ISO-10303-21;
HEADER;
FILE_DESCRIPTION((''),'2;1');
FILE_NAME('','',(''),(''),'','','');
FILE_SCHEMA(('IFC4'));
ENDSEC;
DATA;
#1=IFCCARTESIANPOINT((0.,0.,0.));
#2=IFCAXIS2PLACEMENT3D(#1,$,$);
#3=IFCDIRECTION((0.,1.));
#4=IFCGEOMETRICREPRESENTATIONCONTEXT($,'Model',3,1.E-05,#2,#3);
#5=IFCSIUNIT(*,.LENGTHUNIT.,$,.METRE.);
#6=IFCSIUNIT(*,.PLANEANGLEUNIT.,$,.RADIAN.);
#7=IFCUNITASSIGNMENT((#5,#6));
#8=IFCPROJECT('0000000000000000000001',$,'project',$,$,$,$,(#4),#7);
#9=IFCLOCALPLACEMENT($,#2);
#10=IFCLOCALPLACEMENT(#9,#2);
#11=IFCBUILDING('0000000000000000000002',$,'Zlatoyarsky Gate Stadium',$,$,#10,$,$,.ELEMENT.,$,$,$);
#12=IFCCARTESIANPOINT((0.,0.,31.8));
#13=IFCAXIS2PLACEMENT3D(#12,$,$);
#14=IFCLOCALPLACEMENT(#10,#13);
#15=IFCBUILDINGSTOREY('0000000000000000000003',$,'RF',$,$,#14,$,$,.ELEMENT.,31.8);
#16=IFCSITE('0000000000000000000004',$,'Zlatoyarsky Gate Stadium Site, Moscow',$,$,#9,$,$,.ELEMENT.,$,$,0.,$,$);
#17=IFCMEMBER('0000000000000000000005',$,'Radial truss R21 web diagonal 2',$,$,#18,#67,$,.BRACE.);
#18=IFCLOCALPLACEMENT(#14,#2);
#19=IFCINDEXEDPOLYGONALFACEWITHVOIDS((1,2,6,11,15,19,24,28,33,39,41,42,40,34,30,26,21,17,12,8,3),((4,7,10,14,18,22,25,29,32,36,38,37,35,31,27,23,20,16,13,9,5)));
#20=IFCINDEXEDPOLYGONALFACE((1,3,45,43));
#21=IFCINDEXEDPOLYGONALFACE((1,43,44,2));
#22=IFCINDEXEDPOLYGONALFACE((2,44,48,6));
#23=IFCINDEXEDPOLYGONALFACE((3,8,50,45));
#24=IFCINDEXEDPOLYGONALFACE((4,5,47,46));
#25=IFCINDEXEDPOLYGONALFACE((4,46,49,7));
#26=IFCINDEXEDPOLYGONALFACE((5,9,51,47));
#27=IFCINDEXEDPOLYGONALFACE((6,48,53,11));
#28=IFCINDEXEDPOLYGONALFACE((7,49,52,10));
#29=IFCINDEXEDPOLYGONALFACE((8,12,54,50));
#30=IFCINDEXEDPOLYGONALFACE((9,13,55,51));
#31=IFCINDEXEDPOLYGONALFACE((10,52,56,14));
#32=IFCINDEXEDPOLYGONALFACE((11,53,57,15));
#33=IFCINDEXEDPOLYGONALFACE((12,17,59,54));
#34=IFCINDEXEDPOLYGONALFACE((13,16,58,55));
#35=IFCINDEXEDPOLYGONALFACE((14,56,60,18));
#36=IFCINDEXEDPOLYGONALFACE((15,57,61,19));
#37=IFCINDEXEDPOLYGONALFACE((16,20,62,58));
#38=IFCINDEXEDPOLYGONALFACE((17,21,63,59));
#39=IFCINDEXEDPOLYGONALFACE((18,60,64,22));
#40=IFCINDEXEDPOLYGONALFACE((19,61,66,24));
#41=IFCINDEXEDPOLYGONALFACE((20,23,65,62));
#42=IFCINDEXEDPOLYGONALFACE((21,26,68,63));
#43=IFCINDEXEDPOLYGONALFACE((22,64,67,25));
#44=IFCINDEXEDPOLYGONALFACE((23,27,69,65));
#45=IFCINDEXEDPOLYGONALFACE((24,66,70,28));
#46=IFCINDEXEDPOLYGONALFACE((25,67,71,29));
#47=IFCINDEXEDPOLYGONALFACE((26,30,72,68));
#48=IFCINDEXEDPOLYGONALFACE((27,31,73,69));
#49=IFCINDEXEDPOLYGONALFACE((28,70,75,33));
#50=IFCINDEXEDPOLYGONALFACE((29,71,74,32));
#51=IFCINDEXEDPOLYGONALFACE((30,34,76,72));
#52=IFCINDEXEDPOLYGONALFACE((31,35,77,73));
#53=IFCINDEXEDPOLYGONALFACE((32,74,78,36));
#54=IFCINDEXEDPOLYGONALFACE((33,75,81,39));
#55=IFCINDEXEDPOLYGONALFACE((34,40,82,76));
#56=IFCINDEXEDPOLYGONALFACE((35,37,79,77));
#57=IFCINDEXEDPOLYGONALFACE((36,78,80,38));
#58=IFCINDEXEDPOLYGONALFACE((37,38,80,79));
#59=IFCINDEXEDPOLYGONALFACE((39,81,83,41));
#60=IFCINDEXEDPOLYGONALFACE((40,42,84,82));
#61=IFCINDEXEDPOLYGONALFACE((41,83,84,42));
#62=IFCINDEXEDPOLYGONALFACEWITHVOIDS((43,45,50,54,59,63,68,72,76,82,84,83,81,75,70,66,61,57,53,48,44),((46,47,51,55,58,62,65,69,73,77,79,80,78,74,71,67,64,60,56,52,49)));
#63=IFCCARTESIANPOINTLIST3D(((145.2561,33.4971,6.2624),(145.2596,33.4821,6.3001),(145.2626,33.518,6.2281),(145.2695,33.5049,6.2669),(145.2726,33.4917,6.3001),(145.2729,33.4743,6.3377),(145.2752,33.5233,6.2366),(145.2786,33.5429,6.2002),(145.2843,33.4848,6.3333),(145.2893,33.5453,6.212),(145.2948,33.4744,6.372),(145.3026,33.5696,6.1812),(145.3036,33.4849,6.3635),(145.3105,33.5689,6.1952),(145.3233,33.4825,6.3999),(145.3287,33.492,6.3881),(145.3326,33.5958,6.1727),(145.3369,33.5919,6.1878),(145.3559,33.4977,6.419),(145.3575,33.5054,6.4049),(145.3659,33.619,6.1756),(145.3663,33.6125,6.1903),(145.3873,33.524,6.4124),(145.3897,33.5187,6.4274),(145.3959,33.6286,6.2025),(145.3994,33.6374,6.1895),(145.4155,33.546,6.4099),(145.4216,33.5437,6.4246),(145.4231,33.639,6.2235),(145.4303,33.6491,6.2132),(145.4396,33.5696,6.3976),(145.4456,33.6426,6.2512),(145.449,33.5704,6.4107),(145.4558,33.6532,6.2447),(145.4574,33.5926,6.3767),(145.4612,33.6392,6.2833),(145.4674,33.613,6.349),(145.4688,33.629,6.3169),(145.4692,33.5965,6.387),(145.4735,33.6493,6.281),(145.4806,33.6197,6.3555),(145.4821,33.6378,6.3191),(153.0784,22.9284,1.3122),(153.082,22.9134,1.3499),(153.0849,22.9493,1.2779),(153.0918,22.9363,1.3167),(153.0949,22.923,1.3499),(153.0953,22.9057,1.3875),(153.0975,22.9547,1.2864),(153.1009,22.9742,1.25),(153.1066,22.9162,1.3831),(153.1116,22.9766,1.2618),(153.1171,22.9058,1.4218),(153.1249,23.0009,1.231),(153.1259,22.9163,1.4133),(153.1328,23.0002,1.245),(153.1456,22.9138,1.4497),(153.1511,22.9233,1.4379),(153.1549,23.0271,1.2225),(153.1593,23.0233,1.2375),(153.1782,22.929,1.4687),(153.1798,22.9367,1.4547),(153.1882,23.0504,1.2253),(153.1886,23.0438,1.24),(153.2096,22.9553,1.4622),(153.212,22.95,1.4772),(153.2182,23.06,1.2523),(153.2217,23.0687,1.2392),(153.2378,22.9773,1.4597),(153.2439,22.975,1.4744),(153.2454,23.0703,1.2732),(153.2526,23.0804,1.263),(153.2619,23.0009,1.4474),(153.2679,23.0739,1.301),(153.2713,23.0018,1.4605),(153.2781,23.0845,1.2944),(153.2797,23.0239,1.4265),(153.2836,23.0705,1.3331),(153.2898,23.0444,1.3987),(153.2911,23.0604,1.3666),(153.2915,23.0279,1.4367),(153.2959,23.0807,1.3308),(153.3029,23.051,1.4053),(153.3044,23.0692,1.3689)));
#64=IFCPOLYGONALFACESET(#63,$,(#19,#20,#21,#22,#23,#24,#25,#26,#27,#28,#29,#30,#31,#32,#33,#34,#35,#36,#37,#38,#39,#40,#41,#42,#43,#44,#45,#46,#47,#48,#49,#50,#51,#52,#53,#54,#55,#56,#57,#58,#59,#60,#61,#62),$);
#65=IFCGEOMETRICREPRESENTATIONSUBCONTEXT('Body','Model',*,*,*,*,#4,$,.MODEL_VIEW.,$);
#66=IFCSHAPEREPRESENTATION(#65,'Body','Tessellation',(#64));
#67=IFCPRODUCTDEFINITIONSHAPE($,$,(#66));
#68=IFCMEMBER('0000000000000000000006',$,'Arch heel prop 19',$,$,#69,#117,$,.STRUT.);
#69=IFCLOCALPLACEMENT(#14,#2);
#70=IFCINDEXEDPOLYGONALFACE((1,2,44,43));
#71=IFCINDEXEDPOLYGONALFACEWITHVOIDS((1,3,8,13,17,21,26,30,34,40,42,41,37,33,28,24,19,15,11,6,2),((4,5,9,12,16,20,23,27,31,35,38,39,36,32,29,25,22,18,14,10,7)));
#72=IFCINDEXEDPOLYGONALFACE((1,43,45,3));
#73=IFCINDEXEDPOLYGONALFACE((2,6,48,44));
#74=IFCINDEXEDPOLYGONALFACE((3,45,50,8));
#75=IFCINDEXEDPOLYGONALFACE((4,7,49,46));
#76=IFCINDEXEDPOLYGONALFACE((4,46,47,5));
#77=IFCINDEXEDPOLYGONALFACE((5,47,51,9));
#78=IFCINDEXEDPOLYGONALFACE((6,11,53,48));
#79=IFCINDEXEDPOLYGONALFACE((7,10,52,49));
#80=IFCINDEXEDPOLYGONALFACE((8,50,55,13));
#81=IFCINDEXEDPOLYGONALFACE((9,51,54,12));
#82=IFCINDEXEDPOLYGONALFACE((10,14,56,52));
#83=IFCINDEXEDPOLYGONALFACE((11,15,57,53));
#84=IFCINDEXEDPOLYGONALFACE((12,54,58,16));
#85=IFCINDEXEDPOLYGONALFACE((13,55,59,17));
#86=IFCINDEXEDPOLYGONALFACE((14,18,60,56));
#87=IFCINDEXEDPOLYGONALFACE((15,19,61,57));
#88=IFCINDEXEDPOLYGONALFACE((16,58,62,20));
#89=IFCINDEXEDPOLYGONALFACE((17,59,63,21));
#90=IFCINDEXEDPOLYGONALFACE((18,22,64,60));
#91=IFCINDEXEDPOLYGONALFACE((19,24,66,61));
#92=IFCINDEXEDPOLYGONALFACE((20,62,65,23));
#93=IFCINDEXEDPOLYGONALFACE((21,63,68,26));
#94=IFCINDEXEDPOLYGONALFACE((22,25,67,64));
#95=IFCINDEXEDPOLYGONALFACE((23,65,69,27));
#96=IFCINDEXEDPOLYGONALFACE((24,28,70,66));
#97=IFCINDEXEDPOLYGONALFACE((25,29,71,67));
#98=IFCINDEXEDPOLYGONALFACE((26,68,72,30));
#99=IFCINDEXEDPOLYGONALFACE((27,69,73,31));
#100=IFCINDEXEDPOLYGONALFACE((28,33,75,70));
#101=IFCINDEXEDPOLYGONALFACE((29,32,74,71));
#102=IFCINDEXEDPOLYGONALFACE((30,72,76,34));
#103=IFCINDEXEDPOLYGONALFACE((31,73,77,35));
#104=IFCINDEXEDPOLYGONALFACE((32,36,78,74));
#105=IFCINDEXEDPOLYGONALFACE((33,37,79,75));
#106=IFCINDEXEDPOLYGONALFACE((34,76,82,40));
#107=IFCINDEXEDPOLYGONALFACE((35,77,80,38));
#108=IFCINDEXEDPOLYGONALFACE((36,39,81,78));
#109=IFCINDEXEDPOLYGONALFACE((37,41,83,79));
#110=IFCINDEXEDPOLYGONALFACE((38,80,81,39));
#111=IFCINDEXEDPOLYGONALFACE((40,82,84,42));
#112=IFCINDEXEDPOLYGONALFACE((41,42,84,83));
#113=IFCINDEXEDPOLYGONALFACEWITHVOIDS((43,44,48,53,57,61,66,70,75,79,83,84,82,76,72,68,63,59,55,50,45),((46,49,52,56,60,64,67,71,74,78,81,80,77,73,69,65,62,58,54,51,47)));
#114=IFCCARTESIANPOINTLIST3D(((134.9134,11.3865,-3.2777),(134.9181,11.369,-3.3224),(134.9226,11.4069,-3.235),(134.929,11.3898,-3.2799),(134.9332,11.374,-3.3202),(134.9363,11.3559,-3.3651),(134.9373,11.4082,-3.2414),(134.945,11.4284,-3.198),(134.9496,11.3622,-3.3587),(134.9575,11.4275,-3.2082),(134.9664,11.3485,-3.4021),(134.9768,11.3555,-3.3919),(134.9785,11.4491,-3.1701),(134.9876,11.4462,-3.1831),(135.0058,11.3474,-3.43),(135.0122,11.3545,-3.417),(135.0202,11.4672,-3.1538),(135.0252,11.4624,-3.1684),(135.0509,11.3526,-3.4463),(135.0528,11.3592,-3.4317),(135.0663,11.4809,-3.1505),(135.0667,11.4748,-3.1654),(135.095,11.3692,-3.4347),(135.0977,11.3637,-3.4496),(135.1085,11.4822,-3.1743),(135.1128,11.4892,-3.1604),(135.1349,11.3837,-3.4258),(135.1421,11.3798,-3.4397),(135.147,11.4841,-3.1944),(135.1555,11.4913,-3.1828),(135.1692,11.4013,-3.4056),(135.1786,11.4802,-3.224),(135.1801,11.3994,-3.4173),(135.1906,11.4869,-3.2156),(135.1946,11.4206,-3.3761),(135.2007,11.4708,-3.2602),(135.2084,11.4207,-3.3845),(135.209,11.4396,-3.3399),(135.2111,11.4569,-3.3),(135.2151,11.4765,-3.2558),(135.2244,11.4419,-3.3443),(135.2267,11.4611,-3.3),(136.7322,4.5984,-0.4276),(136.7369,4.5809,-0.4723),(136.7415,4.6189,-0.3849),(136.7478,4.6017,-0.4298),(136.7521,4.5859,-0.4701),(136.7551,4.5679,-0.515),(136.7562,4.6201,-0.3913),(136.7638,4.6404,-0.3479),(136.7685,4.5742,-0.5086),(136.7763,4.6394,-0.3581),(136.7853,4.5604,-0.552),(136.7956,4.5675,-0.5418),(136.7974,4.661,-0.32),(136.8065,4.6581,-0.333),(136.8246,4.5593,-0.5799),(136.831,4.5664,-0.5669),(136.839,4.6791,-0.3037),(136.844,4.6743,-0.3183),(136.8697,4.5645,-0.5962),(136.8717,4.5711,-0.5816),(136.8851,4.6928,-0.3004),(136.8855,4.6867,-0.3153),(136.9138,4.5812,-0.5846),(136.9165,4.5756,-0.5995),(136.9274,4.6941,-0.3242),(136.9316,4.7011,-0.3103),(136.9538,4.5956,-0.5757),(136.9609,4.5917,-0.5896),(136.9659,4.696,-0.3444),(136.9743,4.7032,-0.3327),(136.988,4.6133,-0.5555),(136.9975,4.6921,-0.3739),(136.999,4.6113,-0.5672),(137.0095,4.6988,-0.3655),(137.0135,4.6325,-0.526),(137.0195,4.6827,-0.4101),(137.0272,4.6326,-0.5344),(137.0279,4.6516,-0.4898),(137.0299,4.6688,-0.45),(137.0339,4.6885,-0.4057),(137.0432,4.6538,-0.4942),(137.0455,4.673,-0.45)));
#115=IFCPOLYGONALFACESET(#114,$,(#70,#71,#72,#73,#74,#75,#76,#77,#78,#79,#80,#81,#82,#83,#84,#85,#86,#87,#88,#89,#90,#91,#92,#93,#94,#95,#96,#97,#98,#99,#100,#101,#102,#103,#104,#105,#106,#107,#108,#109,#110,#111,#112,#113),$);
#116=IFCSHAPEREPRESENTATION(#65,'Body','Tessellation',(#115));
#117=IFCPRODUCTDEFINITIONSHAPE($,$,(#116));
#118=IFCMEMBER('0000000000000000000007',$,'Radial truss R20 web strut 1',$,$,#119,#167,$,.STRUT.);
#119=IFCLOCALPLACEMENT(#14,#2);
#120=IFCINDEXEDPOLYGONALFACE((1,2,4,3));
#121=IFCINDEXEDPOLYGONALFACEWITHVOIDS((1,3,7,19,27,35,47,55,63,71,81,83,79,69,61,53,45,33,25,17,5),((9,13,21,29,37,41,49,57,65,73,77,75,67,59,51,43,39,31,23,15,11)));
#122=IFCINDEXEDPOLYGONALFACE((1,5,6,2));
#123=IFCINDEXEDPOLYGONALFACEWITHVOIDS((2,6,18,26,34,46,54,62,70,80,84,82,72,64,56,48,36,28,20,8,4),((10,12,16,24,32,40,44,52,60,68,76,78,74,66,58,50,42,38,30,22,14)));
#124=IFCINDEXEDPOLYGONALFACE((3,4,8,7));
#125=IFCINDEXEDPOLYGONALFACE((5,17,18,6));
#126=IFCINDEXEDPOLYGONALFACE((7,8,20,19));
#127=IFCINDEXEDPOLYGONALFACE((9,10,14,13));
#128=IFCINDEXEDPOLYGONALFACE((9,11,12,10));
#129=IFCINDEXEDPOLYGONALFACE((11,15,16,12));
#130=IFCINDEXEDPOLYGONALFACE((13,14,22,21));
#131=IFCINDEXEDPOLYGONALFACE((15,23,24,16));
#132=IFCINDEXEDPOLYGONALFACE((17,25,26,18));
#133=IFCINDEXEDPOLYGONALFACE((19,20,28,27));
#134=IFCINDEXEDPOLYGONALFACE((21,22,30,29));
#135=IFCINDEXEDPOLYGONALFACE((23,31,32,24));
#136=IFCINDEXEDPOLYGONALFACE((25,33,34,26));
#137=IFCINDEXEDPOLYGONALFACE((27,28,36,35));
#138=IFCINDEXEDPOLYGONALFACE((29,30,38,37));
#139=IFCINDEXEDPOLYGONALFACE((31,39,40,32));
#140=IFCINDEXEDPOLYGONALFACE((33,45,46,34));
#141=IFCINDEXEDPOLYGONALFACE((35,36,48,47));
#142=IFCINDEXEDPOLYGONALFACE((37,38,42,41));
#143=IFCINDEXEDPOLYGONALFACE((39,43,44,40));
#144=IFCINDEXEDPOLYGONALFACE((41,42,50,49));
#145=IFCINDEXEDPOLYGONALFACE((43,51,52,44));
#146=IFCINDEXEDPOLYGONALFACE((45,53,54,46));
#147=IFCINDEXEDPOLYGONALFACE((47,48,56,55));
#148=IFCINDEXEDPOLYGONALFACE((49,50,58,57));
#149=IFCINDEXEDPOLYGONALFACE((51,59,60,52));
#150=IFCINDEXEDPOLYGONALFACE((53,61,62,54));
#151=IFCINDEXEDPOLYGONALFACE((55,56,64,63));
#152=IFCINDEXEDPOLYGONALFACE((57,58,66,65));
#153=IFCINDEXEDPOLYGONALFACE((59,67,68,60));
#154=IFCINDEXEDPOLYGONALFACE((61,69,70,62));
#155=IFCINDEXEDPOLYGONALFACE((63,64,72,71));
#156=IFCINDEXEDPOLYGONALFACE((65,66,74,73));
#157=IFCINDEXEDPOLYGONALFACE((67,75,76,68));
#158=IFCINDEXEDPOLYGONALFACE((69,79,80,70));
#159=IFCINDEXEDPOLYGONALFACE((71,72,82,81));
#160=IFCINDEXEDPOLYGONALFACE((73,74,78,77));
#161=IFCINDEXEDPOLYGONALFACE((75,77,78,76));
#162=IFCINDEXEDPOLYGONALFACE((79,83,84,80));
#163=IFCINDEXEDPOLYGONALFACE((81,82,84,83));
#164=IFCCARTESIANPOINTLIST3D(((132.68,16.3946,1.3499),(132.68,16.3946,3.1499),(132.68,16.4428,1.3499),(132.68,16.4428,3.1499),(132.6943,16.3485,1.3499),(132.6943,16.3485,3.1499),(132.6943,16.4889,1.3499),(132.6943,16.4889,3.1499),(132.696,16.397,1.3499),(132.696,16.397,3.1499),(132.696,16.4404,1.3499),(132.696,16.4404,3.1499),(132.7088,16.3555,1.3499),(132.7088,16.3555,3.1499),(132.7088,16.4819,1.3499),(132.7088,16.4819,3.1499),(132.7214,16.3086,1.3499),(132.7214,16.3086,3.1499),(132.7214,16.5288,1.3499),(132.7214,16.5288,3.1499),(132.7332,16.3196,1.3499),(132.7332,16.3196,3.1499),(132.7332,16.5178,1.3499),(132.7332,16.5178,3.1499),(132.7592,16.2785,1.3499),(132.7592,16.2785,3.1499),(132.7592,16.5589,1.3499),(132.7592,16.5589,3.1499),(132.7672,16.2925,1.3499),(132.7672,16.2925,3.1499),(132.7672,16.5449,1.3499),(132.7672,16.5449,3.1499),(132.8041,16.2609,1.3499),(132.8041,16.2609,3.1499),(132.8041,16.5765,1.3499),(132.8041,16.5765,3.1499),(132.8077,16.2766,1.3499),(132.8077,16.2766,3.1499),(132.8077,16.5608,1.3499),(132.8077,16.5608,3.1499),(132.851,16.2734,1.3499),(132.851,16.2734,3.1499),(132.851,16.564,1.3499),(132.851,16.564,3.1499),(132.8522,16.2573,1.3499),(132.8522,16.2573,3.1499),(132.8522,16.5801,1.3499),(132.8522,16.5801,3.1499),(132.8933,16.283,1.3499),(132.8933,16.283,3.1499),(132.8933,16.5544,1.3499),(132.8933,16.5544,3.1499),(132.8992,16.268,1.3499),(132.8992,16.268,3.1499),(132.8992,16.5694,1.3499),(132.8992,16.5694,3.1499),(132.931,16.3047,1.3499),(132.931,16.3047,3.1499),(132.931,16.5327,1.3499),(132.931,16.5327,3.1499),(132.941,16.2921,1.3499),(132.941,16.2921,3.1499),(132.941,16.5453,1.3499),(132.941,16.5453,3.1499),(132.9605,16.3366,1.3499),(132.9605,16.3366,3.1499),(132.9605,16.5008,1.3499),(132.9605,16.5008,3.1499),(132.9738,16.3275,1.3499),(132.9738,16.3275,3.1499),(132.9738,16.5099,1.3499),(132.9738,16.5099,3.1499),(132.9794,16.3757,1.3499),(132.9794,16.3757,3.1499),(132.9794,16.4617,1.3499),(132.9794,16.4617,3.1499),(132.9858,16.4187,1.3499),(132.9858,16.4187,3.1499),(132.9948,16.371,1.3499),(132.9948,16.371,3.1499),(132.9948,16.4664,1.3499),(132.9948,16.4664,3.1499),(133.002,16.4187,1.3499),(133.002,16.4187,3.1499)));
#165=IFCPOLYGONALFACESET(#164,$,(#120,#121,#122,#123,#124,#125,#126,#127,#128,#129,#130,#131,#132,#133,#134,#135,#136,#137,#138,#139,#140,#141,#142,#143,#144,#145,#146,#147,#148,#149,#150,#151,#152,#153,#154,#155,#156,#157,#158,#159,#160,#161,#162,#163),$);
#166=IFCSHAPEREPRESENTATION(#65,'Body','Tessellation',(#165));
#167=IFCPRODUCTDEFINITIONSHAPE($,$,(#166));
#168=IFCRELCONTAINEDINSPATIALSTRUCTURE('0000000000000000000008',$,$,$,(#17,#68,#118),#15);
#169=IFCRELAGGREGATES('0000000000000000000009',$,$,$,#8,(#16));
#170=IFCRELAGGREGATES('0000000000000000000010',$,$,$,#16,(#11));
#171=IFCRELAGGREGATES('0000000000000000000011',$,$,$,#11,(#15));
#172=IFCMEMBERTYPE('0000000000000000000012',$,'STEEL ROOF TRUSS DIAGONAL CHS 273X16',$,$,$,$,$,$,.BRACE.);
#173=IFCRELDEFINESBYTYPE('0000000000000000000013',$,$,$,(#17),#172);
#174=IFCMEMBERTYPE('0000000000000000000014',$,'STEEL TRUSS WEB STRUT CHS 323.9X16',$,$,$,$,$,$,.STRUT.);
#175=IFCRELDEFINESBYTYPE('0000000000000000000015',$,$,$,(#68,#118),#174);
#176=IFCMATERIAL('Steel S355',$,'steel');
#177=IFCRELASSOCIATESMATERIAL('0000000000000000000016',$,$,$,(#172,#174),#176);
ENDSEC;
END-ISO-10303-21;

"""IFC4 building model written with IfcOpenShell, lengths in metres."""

from ifc_helpers import new_model, si_unit, direction, frame, origin, origin_2d, place, context, subcontext, project, spatial, hollow_circle, extrude, material, material_profile, profile_set, type_object, element, save


model = new_model("IFC4")

# Units and contexts
model_context = context("Model", 3, precision=1e-05, world=origin(), true_north=direction((0.0, 1.0)))
body_context = subcontext(model_context, "Body", "Model", "MODEL_VIEW")
ifc_project = project(units=[si_unit("LENGTHUNIT", "METRE"), si_unit("PLANEANGLEUNIT", "RADIAN")], contexts=[model_context])

# Site, building, storey
site_placement = place(None, origin())
site = spatial("IfcSite", under=ifc_project, at=site_placement, Name="Zlatoyarsky Gate Stadium Site, Moscow", CompositionType="ELEMENT", RefElevation=0.0)
building_placement = place(site_placement, origin())
building = spatial("IfcBuilding", under=site, at=building_placement, Name="Zlatoyarsky Gate Stadium", CompositionType="ELEMENT")
storey_placement = place(building_placement, frame((0.0, 0.0, 31.8)))
storey = spatial("IfcBuildingStorey", under=building, at=storey_placement, Name="RF", CompositionType="ELEMENT", Elevation=31.8)

# Shared definitions
ifc_material_1 = material(Name="Steel S355", Category="steel")

# Members
ifc_material_profile_1 = material_profile(ifc_material_1, hollow_circle(Radius=0.1365, WallThickness=0.0161, at=origin_2d()), Name="CHS 273X16")
ifc_profile_set_1 = profile_set([ifc_material_profile_1], Name="Steel S355")
member_type_1 = type_object("IfcMemberType", Name="STEEL ROOF TRUSS DIAGONAL CHS 273X16", PredefinedType="BRACE", material=ifc_profile_set_1)
member_1_placement = place(storey_placement, frame((153.1917, 22.9946, 1.3499), z_axis=(-0.556766, 0.752242, 0.35234), x_axis=(-0.803787, -0.594917, 0.0)))
element("IfcMember", 1, at=member_1_placement, inside=storey, type_object=member_type_1, Name="Radial truss R21 web diagonal 2", PredefinedType="BRACE", context=body_context, shape_type="SweptSolid", body=[
    extrude(hollow_circle(Radius=0.1365, WallThickness=0.0161, at=origin_2d()), origin(), (0.0, 0.0, 1.0), 14.0496),
])
ifc_material_profile_2 = material_profile(ifc_material_1, hollow_circle(Radius=0.1619, WallThickness=0.0161, at=origin_2d()), Name="CHS 323.9X16")
ifc_profile_set_2 = profile_set([ifc_material_profile_2], Name="Steel S355")
member_type_2 = type_object("IfcMemberType", Name="STEEL TRUSS WEB STRUT CHS 323.9X16", PredefinedType="STRUT", material=ifc_profile_set_2)
member_2_placement = place(storey_placement, frame((135.0703, 11.4192, -3.3), z_axis=(0.239843, -0.895113, 0.375829), x_axis=(0.965926, 0.258817, 0.0)))
element("IfcMember", 2, at=member_2_placement, inside=storey, type_object=member_type_2, Name="Arch heel prop 19", PredefinedType="STRUT", context=body_context, shape_type="SweptSolid", body=[
    extrude(hollow_circle(Radius=0.1619, WallThickness=0.0161, at=origin_2d()), origin(), (0.0, 0.0, 1.0), 7.5835),
])
for number, where, z_axis, x_axis, name in (
    (3, (132.8401, 16.4187, 1.3499), (0.0, 0.0, 1.0), (1.0, 0.0, 0.0), "Radial truss R20 web strut 1"),
):
    element("IfcMember", number, at=place(storey_placement, frame(where, z_axis=z_axis, x_axis=x_axis)), inside=storey, type_object=member_type_2, Name=name, PredefinedType="STRUT", context=body_context, shape_type="SweptSolid", body=[
        extrude(hollow_circle(Radius=0.1619, WallThickness=0.0161, at=origin_2d()), origin(), (0.0, 0.0, 1.0), 1.8),
    ])

save(model, "model.ifc")
